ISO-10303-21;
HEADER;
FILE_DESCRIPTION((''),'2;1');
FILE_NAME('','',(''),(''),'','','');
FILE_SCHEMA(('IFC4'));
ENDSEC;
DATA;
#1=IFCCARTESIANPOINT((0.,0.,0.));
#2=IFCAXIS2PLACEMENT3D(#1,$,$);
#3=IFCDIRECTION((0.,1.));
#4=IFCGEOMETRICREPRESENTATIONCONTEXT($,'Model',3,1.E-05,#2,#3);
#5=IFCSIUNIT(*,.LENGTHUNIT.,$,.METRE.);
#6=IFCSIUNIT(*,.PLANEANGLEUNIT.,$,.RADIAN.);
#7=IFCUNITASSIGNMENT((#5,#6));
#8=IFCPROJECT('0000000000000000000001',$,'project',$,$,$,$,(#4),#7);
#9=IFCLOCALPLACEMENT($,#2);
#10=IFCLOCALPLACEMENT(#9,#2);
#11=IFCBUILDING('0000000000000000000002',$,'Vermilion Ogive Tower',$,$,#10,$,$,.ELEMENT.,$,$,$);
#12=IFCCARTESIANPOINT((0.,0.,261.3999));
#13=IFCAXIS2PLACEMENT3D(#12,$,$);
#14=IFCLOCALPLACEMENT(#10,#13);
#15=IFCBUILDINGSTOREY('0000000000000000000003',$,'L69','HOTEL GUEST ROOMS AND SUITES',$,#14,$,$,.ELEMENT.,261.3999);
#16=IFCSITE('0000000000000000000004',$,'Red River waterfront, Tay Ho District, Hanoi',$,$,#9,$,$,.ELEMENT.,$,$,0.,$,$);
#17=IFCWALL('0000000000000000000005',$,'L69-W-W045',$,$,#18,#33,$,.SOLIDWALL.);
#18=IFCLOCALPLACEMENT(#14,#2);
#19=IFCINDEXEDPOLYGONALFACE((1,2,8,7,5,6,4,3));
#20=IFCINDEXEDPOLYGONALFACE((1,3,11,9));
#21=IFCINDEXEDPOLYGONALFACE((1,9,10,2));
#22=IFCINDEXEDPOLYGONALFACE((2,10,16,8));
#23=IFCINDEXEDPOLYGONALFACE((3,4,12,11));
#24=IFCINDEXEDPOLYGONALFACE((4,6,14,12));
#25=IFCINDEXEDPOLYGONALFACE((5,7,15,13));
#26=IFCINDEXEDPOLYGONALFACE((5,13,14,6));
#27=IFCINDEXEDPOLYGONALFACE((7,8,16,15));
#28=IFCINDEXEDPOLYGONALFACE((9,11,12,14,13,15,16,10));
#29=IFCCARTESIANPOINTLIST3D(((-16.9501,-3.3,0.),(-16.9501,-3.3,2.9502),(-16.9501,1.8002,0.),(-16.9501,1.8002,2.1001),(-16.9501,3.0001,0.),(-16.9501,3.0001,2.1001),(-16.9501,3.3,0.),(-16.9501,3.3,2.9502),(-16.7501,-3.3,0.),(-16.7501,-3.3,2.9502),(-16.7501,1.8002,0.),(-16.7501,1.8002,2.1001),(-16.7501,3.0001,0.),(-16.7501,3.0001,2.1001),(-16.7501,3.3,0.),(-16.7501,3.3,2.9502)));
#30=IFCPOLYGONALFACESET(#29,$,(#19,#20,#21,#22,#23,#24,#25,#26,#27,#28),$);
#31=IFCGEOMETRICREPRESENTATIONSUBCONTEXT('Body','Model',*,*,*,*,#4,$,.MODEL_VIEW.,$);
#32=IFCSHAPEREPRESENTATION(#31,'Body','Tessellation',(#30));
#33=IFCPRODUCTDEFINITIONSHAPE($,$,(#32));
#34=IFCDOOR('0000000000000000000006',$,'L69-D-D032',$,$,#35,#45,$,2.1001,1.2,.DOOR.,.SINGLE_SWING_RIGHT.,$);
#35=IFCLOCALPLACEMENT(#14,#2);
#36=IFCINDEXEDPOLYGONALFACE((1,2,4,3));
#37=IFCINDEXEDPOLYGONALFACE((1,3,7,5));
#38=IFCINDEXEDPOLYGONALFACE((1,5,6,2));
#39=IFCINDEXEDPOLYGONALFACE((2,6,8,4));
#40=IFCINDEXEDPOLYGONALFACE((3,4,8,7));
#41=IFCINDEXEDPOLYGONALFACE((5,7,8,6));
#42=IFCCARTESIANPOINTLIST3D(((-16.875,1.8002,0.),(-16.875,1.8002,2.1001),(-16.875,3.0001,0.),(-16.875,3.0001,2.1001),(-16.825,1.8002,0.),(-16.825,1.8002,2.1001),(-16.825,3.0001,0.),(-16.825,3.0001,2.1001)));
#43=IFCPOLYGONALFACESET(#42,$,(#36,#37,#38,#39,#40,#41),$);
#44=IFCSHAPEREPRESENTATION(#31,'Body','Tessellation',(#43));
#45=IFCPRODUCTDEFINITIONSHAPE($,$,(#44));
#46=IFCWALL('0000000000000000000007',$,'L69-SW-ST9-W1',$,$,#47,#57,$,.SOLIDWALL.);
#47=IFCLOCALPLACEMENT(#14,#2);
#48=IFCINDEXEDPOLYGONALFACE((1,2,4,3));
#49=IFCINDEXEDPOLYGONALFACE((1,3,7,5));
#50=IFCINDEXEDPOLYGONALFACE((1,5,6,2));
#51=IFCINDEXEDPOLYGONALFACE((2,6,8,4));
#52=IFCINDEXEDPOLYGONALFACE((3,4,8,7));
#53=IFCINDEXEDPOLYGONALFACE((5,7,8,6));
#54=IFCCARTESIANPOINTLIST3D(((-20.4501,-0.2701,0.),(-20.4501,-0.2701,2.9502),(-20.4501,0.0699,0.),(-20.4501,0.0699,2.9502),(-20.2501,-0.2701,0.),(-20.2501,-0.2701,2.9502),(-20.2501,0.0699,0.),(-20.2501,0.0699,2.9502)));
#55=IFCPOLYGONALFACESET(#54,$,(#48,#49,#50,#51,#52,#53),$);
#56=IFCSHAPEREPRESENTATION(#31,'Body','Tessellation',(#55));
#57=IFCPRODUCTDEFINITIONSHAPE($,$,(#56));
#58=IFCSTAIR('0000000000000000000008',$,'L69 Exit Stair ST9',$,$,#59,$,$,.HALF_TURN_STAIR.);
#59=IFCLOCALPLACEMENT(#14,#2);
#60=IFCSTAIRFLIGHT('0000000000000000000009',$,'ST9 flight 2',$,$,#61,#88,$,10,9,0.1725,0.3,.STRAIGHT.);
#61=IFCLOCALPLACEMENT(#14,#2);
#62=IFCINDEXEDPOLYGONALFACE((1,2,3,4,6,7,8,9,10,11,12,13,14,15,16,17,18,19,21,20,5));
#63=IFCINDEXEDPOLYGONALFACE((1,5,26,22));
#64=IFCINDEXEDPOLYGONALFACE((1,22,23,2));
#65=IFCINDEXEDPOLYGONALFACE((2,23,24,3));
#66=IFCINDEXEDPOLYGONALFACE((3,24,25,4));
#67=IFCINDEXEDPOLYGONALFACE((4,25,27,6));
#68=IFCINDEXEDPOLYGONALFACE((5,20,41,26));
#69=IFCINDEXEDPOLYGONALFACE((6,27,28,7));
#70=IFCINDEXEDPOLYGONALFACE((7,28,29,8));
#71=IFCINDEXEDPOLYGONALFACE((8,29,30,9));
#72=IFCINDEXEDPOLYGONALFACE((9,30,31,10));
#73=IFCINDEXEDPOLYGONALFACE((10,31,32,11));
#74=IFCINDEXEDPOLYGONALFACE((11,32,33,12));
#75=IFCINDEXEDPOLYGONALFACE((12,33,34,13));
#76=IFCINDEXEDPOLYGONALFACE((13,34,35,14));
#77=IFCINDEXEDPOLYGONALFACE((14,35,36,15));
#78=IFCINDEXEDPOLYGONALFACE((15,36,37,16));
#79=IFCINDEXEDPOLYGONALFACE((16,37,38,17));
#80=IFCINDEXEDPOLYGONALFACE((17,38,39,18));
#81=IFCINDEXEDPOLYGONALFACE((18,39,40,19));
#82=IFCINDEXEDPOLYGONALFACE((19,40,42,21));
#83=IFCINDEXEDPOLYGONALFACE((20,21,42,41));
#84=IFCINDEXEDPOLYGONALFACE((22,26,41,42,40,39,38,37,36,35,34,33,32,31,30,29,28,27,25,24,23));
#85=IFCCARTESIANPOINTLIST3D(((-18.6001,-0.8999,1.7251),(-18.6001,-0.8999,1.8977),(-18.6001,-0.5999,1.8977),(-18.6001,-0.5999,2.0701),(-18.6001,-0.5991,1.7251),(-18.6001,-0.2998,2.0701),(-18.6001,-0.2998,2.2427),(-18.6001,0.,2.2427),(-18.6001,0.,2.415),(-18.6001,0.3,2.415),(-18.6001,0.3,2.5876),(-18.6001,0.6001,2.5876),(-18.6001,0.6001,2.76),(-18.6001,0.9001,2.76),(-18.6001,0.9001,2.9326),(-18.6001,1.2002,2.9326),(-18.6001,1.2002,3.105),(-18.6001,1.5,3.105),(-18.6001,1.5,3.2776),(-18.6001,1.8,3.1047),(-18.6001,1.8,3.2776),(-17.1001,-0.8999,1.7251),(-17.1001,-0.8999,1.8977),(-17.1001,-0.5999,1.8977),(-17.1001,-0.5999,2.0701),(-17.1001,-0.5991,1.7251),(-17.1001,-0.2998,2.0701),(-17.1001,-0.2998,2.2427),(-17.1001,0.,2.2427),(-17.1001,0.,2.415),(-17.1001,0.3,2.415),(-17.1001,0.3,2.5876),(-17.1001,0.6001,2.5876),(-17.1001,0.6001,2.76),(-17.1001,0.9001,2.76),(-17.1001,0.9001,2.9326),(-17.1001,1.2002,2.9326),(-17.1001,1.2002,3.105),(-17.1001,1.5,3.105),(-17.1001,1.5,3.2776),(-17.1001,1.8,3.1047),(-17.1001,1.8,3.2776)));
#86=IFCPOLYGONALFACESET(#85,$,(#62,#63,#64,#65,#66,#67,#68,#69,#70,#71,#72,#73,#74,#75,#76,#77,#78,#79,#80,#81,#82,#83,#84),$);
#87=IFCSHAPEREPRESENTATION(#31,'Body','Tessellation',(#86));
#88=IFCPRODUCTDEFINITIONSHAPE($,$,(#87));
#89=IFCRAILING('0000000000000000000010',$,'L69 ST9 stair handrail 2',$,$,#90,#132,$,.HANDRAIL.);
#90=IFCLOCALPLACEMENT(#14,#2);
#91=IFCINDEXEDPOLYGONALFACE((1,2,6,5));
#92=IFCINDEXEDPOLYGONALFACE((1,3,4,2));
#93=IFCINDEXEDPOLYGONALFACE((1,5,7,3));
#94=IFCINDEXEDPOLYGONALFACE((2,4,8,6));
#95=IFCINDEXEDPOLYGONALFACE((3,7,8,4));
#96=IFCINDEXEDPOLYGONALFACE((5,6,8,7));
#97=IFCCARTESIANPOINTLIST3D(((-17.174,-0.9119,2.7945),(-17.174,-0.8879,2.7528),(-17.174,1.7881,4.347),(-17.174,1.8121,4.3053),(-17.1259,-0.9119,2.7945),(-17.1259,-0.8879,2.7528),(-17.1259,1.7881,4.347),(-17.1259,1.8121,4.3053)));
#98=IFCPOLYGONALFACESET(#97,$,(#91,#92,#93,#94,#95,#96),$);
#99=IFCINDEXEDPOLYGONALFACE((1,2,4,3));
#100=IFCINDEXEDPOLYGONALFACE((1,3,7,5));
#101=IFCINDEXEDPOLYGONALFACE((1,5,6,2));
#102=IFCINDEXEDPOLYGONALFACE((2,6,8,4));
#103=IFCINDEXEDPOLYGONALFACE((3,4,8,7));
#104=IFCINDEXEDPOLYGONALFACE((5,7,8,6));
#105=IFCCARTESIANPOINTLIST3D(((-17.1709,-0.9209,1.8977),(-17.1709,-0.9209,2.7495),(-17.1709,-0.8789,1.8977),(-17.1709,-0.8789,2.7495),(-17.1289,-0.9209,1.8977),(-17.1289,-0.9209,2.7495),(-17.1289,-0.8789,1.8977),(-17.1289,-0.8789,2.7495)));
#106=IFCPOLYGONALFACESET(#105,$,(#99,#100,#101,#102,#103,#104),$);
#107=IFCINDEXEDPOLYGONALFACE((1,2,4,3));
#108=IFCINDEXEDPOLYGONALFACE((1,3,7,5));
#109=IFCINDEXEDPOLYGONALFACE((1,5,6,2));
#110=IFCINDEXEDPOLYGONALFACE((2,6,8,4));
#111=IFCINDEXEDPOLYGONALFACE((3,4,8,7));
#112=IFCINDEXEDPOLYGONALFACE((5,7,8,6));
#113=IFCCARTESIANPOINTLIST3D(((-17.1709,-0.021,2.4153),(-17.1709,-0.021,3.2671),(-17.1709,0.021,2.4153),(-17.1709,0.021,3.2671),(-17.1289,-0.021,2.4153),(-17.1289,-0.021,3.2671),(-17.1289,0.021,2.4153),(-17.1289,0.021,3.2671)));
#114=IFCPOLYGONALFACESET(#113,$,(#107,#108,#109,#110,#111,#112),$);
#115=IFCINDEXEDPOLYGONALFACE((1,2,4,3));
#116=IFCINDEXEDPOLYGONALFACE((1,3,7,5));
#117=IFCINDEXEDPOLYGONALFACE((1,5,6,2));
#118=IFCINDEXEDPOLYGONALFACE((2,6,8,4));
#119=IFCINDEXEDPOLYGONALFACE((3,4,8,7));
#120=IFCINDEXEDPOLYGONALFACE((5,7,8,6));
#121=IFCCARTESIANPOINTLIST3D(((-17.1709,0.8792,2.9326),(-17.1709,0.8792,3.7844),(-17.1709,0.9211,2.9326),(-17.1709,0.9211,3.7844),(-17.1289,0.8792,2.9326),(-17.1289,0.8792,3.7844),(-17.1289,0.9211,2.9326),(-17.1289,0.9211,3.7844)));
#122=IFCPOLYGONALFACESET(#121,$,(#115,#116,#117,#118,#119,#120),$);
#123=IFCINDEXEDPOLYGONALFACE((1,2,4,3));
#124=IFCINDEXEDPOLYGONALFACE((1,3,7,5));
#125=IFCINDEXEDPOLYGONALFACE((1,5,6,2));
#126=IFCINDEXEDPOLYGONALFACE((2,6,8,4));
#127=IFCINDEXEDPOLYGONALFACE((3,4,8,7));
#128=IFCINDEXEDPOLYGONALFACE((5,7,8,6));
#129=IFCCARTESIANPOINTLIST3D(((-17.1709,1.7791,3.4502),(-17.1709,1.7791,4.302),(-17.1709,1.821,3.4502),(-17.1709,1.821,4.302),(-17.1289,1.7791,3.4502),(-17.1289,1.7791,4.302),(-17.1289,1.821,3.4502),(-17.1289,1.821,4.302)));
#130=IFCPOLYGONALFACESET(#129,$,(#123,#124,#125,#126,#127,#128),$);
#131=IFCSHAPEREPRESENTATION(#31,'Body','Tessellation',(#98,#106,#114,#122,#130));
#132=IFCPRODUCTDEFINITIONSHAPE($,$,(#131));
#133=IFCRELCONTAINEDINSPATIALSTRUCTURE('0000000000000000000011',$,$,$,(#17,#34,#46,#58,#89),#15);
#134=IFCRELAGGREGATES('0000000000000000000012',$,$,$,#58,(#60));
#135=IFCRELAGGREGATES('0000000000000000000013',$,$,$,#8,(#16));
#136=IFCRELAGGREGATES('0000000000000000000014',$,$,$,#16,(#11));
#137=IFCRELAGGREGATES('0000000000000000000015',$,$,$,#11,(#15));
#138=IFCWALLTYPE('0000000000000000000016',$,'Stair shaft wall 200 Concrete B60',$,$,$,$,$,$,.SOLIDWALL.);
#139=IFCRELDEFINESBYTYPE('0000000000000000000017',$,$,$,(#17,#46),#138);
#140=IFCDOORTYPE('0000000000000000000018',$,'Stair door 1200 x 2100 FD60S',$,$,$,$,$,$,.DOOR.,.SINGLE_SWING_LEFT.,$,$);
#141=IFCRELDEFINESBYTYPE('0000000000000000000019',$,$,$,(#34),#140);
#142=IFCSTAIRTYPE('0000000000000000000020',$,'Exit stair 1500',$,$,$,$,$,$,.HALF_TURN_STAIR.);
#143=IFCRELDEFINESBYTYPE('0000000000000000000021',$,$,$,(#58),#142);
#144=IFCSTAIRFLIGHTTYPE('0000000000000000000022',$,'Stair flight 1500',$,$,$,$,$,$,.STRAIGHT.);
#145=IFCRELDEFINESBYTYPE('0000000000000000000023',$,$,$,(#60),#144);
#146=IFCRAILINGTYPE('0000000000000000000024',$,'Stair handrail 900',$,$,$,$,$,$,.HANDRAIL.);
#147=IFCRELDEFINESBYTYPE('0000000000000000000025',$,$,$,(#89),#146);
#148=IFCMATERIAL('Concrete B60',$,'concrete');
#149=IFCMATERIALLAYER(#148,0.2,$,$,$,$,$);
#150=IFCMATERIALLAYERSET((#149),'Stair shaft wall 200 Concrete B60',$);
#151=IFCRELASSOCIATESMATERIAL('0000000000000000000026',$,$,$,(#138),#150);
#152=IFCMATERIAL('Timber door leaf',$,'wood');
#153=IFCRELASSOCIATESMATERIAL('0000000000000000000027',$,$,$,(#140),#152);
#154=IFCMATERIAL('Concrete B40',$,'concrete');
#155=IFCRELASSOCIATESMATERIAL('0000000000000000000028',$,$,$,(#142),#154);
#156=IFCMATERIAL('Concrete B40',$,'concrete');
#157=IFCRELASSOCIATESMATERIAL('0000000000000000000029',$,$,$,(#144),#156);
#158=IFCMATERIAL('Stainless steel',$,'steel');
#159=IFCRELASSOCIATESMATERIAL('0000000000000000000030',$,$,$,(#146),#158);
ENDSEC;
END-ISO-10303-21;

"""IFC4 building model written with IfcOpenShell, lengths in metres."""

from ifc_helpers import new_model, si_unit, direction, frame, frame_2d, origin, origin_2d, place, context, subcontext, project, spatial, polyline, rectangle, outline, extrude, material, layer, layer_set, type_object, element, fill, aggregate, save


model = new_model("IFC4")

# Units and contexts
model_context = context("Model", 3, precision=1e-05, world=origin(), true_north=direction((0.0, 1.0)))
body_context = subcontext(model_context, "Body", "Model", "MODEL_VIEW")
ifc_project = project(units=[si_unit("LENGTHUNIT", "METRE"), si_unit("PLANEANGLEUNIT", "RADIAN")], contexts=[model_context])

# Site, building, storey
site_placement = place(None, origin())
site = spatial("IfcSite", under=ifc_project, at=site_placement, Name="Red River waterfront, Tay Ho District, Hanoi", CompositionType="ELEMENT", RefElevation=0.0)
building_placement = place(site_placement, origin())
building = spatial("IfcBuilding", under=site, at=building_placement, Name="Vermilion Ogive Tower", CompositionType="ELEMENT")
storey_placement = place(building_placement, frame((0.0, 0.0, 261.3999)))
storey = spatial("IfcBuildingStorey", under=building, at=storey_placement, Name="L69", Description="HOTEL GUEST ROOMS AND SUITES", CompositionType="ELEMENT", Elevation=261.3999)

# Shared definitions
ifc_material_1 = material(Name="Concrete B60", Category="concrete")
ifc_layer_1 = layer(ifc_material_1, 0.2)
ifc_layer_set_1 = layer_set([ifc_layer_1], Name="Stair shaft wall 200 Concrete B60")
wall_type_1 = type_object("IfcWallType", Name="Stair shaft wall 200 Concrete B60", PredefinedType="SOLIDWALL", material=ifc_layer_set_1)

# Wall, opening, door
wall_1_placement = place(storey_placement, frame((-16.8501, -3.3, 0.0), z_axis=(0.0, 0.0, 1.0), x_axis=(0.0, 1.0, 0.0)))
wall_1 = element("IfcWall", 1, at=wall_1_placement, inside=storey, type_object=wall_type_1, Name="L69-W-W045", PredefinedType="SOLIDWALL", context=body_context, shape_type="SweptSolid", body=[
    extrude(rectangle(XDim=6.6001, YDim=0.2, at=frame_2d((3.3, 0.0))), origin(), (0.0, 0.0, 1.0), 2.9502),
])
opening_1_placement = place(wall_1_placement, frame((5.1001, 0.0, 0.0)))
opening_1 = element("IfcOpeningElement", 2, at=opening_1_placement, cuts=wall_1, PredefinedType="OPENING", context=body_context, shape_type="SweptSolid", body=[
    extrude(rectangle(XDim=1.2, YDim=2.1001, at=frame_2d((0.6001, 1.05))), frame((0.0, 0.1099, 0.0), z_axis=(0.0, -1.0, 0.0), x_axis=(1.0, 0.0, 0.0)), (0.0, 0.0, 1.0), 0.22),
])
ifc_material_2 = material(Name="Timber door leaf", Category="wood")
door_type_1 = type_object("IfcDoorType", Name="Stair door 1200 x 2100 FD60S", OperationType="SINGLE_SWING_LEFT", PredefinedType="DOOR", material=ifc_material_2)
door_1_placement = place(opening_1_placement, origin())
door_1 = element("IfcDoor", 3, at=door_1_placement, inside=storey, type_object=door_type_1, Name="L69-D-D032", OperationType="SINGLE_SWING_RIGHT", OverallHeight=2.1001, OverallWidth=1.2, PredefinedType="DOOR", context=body_context, shape_type="SweptSolid", body=[
    extrude(rectangle(XDim=1.2, YDim=2.1001, at=frame_2d((0.6001, 1.05))), frame((0.0, 0.0249, 0.0), z_axis=(0.0, -1.0, 0.0), x_axis=(1.0, 0.0, 0.0)), (0.0, 0.0, 1.0), 0.05),
])
fill(opening_1, door_1)

# Wall
wall_2_placement = place(storey_placement, frame((-20.3501, -0.27, 0.0), z_axis=(0.0, 0.0, 1.0), x_axis=(0.0, 1.0, 0.0)))
element("IfcWall", 4, at=wall_2_placement, inside=storey, type_object=wall_type_1, Name="L69-SW-ST9-W1", PredefinedType="SOLIDWALL", context=body_context, shape_type="SweptSolid", body=[
    extrude(rectangle(XDim=0.3401, YDim=0.2, at=frame_2d((0.1699, 0.0))), origin(), (0.0, 0.0, 1.0), 2.9502),
])

# Stair, stair flight
ifc_material_3 = material(Name="Concrete B40", Category="concrete")
stair_type = type_object("IfcStairType", Name="Exit stair 1500", PredefinedType="HALF_TURN_STAIR", material=ifc_material_3)
stair_placement = place(storey_placement, origin())
stair = element("IfcStair", 5, at=stair_placement, inside=storey, type_object=stair_type, Name="L69 Exit Stair ST9", PredefinedType="HALF_TURN_STAIR")
ifc_material_4 = material(Name="Concrete B40", Category="concrete")
stair_flight_type = type_object("IfcStairFlightType", Name="Stair flight 1500", PredefinedType="STRAIGHT", material=ifc_material_4)
stair_flight_placement = place(storey_placement, frame((-17.8501, -0.8999, 1.7251), z_axis=(0.0, 0.0, 1.0), x_axis=(0.0, 1.0, 0.0)))
stair_flight = element("IfcStairFlight", 6, at=stair_flight_placement, type_object=stair_flight_type, Name="ST9 flight 2", NumberOfRisers=10, NumberOfTreads=9, PredefinedType="STRAIGHT", RiserHeight=0.1725, TreadLength=0.3, context=body_context, shape_type="SweptSolid", body=[
    extrude(outline(polyline([(0.0, 0.0), (0.0, 0.1726), (0.3, 0.1726), (0.3, 0.345), (0.6001, 0.345), (0.6001, 0.5176), (0.8999, 0.5176), (0.8999, 0.6899), (1.2, 0.6899), (1.2, 0.8625), (1.5, 0.8625), (1.5, 1.0349), (1.8, 1.0349), (1.8, 1.2075), (2.1001, 1.2075), (2.1001, 1.3799), (2.3999, 1.3799), (2.3999, 1.5525), (2.7, 1.5525), (2.7, 1.7251), (2.7, 1.3796), (0.3008, 0.0), (0.0, 0.0)])), frame((0.0, 0.75, 0.0), z_axis=(0.0, -1.0, 0.0), x_axis=(1.0, 0.0, 0.0)), (0.0, 0.0, 1.0), 1.5),
])
aggregate(stair, [stair_flight])

# Railing
ifc_material_5 = material(Name="Stainless steel", Category="steel")
railing_type = type_object("IfcRailingType", Name="Stair handrail 900", PredefinedType="HANDRAIL", material=ifc_material_5)
railing_placement = place(storey_placement, frame((-17.1499, -0.8999, 1.8977)))
element("IfcRailing", 7, at=railing_placement, inside=storey, type_object=railing_type, Name="L69 ST9 stair handrail 2", PredefinedType="HANDRAIL", context=body_context, shape_type="SweptSolid", body=[
    extrude(rectangle(XDim=0.0481, YDim=0.0481, at=origin_2d()), frame((0.0, 0.0, 0.876), z_axis=(0.0, 0.866904, 0.498476), x_axis=(-1.0, 0.0, 0.0)), (0.0, 0.0, 1.0), 3.1145),
    extrude(rectangle(XDim=0.042, YDim=0.042, at=origin_2d()), origin(), (0.0, 0.0, 1.0), 0.8518),
    extrude(rectangle(XDim=0.042, YDim=0.042, at=origin_2d()), frame((0.0, 0.8999, 0.5176)), (0.0, 0.0, 1.0), 0.8518),
    extrude(rectangle(XDim=0.042, YDim=0.042, at=origin_2d()), frame((0.0, 1.8, 1.0349)), (0.0, 0.0, 1.0), 0.8518),
    extrude(rectangle(XDim=0.042, YDim=0.042, at=origin_2d()), frame((0.0, 2.7, 1.5525)), (0.0, 0.0, 1.0), 0.8518),
])

save(model, "model.ifc")
